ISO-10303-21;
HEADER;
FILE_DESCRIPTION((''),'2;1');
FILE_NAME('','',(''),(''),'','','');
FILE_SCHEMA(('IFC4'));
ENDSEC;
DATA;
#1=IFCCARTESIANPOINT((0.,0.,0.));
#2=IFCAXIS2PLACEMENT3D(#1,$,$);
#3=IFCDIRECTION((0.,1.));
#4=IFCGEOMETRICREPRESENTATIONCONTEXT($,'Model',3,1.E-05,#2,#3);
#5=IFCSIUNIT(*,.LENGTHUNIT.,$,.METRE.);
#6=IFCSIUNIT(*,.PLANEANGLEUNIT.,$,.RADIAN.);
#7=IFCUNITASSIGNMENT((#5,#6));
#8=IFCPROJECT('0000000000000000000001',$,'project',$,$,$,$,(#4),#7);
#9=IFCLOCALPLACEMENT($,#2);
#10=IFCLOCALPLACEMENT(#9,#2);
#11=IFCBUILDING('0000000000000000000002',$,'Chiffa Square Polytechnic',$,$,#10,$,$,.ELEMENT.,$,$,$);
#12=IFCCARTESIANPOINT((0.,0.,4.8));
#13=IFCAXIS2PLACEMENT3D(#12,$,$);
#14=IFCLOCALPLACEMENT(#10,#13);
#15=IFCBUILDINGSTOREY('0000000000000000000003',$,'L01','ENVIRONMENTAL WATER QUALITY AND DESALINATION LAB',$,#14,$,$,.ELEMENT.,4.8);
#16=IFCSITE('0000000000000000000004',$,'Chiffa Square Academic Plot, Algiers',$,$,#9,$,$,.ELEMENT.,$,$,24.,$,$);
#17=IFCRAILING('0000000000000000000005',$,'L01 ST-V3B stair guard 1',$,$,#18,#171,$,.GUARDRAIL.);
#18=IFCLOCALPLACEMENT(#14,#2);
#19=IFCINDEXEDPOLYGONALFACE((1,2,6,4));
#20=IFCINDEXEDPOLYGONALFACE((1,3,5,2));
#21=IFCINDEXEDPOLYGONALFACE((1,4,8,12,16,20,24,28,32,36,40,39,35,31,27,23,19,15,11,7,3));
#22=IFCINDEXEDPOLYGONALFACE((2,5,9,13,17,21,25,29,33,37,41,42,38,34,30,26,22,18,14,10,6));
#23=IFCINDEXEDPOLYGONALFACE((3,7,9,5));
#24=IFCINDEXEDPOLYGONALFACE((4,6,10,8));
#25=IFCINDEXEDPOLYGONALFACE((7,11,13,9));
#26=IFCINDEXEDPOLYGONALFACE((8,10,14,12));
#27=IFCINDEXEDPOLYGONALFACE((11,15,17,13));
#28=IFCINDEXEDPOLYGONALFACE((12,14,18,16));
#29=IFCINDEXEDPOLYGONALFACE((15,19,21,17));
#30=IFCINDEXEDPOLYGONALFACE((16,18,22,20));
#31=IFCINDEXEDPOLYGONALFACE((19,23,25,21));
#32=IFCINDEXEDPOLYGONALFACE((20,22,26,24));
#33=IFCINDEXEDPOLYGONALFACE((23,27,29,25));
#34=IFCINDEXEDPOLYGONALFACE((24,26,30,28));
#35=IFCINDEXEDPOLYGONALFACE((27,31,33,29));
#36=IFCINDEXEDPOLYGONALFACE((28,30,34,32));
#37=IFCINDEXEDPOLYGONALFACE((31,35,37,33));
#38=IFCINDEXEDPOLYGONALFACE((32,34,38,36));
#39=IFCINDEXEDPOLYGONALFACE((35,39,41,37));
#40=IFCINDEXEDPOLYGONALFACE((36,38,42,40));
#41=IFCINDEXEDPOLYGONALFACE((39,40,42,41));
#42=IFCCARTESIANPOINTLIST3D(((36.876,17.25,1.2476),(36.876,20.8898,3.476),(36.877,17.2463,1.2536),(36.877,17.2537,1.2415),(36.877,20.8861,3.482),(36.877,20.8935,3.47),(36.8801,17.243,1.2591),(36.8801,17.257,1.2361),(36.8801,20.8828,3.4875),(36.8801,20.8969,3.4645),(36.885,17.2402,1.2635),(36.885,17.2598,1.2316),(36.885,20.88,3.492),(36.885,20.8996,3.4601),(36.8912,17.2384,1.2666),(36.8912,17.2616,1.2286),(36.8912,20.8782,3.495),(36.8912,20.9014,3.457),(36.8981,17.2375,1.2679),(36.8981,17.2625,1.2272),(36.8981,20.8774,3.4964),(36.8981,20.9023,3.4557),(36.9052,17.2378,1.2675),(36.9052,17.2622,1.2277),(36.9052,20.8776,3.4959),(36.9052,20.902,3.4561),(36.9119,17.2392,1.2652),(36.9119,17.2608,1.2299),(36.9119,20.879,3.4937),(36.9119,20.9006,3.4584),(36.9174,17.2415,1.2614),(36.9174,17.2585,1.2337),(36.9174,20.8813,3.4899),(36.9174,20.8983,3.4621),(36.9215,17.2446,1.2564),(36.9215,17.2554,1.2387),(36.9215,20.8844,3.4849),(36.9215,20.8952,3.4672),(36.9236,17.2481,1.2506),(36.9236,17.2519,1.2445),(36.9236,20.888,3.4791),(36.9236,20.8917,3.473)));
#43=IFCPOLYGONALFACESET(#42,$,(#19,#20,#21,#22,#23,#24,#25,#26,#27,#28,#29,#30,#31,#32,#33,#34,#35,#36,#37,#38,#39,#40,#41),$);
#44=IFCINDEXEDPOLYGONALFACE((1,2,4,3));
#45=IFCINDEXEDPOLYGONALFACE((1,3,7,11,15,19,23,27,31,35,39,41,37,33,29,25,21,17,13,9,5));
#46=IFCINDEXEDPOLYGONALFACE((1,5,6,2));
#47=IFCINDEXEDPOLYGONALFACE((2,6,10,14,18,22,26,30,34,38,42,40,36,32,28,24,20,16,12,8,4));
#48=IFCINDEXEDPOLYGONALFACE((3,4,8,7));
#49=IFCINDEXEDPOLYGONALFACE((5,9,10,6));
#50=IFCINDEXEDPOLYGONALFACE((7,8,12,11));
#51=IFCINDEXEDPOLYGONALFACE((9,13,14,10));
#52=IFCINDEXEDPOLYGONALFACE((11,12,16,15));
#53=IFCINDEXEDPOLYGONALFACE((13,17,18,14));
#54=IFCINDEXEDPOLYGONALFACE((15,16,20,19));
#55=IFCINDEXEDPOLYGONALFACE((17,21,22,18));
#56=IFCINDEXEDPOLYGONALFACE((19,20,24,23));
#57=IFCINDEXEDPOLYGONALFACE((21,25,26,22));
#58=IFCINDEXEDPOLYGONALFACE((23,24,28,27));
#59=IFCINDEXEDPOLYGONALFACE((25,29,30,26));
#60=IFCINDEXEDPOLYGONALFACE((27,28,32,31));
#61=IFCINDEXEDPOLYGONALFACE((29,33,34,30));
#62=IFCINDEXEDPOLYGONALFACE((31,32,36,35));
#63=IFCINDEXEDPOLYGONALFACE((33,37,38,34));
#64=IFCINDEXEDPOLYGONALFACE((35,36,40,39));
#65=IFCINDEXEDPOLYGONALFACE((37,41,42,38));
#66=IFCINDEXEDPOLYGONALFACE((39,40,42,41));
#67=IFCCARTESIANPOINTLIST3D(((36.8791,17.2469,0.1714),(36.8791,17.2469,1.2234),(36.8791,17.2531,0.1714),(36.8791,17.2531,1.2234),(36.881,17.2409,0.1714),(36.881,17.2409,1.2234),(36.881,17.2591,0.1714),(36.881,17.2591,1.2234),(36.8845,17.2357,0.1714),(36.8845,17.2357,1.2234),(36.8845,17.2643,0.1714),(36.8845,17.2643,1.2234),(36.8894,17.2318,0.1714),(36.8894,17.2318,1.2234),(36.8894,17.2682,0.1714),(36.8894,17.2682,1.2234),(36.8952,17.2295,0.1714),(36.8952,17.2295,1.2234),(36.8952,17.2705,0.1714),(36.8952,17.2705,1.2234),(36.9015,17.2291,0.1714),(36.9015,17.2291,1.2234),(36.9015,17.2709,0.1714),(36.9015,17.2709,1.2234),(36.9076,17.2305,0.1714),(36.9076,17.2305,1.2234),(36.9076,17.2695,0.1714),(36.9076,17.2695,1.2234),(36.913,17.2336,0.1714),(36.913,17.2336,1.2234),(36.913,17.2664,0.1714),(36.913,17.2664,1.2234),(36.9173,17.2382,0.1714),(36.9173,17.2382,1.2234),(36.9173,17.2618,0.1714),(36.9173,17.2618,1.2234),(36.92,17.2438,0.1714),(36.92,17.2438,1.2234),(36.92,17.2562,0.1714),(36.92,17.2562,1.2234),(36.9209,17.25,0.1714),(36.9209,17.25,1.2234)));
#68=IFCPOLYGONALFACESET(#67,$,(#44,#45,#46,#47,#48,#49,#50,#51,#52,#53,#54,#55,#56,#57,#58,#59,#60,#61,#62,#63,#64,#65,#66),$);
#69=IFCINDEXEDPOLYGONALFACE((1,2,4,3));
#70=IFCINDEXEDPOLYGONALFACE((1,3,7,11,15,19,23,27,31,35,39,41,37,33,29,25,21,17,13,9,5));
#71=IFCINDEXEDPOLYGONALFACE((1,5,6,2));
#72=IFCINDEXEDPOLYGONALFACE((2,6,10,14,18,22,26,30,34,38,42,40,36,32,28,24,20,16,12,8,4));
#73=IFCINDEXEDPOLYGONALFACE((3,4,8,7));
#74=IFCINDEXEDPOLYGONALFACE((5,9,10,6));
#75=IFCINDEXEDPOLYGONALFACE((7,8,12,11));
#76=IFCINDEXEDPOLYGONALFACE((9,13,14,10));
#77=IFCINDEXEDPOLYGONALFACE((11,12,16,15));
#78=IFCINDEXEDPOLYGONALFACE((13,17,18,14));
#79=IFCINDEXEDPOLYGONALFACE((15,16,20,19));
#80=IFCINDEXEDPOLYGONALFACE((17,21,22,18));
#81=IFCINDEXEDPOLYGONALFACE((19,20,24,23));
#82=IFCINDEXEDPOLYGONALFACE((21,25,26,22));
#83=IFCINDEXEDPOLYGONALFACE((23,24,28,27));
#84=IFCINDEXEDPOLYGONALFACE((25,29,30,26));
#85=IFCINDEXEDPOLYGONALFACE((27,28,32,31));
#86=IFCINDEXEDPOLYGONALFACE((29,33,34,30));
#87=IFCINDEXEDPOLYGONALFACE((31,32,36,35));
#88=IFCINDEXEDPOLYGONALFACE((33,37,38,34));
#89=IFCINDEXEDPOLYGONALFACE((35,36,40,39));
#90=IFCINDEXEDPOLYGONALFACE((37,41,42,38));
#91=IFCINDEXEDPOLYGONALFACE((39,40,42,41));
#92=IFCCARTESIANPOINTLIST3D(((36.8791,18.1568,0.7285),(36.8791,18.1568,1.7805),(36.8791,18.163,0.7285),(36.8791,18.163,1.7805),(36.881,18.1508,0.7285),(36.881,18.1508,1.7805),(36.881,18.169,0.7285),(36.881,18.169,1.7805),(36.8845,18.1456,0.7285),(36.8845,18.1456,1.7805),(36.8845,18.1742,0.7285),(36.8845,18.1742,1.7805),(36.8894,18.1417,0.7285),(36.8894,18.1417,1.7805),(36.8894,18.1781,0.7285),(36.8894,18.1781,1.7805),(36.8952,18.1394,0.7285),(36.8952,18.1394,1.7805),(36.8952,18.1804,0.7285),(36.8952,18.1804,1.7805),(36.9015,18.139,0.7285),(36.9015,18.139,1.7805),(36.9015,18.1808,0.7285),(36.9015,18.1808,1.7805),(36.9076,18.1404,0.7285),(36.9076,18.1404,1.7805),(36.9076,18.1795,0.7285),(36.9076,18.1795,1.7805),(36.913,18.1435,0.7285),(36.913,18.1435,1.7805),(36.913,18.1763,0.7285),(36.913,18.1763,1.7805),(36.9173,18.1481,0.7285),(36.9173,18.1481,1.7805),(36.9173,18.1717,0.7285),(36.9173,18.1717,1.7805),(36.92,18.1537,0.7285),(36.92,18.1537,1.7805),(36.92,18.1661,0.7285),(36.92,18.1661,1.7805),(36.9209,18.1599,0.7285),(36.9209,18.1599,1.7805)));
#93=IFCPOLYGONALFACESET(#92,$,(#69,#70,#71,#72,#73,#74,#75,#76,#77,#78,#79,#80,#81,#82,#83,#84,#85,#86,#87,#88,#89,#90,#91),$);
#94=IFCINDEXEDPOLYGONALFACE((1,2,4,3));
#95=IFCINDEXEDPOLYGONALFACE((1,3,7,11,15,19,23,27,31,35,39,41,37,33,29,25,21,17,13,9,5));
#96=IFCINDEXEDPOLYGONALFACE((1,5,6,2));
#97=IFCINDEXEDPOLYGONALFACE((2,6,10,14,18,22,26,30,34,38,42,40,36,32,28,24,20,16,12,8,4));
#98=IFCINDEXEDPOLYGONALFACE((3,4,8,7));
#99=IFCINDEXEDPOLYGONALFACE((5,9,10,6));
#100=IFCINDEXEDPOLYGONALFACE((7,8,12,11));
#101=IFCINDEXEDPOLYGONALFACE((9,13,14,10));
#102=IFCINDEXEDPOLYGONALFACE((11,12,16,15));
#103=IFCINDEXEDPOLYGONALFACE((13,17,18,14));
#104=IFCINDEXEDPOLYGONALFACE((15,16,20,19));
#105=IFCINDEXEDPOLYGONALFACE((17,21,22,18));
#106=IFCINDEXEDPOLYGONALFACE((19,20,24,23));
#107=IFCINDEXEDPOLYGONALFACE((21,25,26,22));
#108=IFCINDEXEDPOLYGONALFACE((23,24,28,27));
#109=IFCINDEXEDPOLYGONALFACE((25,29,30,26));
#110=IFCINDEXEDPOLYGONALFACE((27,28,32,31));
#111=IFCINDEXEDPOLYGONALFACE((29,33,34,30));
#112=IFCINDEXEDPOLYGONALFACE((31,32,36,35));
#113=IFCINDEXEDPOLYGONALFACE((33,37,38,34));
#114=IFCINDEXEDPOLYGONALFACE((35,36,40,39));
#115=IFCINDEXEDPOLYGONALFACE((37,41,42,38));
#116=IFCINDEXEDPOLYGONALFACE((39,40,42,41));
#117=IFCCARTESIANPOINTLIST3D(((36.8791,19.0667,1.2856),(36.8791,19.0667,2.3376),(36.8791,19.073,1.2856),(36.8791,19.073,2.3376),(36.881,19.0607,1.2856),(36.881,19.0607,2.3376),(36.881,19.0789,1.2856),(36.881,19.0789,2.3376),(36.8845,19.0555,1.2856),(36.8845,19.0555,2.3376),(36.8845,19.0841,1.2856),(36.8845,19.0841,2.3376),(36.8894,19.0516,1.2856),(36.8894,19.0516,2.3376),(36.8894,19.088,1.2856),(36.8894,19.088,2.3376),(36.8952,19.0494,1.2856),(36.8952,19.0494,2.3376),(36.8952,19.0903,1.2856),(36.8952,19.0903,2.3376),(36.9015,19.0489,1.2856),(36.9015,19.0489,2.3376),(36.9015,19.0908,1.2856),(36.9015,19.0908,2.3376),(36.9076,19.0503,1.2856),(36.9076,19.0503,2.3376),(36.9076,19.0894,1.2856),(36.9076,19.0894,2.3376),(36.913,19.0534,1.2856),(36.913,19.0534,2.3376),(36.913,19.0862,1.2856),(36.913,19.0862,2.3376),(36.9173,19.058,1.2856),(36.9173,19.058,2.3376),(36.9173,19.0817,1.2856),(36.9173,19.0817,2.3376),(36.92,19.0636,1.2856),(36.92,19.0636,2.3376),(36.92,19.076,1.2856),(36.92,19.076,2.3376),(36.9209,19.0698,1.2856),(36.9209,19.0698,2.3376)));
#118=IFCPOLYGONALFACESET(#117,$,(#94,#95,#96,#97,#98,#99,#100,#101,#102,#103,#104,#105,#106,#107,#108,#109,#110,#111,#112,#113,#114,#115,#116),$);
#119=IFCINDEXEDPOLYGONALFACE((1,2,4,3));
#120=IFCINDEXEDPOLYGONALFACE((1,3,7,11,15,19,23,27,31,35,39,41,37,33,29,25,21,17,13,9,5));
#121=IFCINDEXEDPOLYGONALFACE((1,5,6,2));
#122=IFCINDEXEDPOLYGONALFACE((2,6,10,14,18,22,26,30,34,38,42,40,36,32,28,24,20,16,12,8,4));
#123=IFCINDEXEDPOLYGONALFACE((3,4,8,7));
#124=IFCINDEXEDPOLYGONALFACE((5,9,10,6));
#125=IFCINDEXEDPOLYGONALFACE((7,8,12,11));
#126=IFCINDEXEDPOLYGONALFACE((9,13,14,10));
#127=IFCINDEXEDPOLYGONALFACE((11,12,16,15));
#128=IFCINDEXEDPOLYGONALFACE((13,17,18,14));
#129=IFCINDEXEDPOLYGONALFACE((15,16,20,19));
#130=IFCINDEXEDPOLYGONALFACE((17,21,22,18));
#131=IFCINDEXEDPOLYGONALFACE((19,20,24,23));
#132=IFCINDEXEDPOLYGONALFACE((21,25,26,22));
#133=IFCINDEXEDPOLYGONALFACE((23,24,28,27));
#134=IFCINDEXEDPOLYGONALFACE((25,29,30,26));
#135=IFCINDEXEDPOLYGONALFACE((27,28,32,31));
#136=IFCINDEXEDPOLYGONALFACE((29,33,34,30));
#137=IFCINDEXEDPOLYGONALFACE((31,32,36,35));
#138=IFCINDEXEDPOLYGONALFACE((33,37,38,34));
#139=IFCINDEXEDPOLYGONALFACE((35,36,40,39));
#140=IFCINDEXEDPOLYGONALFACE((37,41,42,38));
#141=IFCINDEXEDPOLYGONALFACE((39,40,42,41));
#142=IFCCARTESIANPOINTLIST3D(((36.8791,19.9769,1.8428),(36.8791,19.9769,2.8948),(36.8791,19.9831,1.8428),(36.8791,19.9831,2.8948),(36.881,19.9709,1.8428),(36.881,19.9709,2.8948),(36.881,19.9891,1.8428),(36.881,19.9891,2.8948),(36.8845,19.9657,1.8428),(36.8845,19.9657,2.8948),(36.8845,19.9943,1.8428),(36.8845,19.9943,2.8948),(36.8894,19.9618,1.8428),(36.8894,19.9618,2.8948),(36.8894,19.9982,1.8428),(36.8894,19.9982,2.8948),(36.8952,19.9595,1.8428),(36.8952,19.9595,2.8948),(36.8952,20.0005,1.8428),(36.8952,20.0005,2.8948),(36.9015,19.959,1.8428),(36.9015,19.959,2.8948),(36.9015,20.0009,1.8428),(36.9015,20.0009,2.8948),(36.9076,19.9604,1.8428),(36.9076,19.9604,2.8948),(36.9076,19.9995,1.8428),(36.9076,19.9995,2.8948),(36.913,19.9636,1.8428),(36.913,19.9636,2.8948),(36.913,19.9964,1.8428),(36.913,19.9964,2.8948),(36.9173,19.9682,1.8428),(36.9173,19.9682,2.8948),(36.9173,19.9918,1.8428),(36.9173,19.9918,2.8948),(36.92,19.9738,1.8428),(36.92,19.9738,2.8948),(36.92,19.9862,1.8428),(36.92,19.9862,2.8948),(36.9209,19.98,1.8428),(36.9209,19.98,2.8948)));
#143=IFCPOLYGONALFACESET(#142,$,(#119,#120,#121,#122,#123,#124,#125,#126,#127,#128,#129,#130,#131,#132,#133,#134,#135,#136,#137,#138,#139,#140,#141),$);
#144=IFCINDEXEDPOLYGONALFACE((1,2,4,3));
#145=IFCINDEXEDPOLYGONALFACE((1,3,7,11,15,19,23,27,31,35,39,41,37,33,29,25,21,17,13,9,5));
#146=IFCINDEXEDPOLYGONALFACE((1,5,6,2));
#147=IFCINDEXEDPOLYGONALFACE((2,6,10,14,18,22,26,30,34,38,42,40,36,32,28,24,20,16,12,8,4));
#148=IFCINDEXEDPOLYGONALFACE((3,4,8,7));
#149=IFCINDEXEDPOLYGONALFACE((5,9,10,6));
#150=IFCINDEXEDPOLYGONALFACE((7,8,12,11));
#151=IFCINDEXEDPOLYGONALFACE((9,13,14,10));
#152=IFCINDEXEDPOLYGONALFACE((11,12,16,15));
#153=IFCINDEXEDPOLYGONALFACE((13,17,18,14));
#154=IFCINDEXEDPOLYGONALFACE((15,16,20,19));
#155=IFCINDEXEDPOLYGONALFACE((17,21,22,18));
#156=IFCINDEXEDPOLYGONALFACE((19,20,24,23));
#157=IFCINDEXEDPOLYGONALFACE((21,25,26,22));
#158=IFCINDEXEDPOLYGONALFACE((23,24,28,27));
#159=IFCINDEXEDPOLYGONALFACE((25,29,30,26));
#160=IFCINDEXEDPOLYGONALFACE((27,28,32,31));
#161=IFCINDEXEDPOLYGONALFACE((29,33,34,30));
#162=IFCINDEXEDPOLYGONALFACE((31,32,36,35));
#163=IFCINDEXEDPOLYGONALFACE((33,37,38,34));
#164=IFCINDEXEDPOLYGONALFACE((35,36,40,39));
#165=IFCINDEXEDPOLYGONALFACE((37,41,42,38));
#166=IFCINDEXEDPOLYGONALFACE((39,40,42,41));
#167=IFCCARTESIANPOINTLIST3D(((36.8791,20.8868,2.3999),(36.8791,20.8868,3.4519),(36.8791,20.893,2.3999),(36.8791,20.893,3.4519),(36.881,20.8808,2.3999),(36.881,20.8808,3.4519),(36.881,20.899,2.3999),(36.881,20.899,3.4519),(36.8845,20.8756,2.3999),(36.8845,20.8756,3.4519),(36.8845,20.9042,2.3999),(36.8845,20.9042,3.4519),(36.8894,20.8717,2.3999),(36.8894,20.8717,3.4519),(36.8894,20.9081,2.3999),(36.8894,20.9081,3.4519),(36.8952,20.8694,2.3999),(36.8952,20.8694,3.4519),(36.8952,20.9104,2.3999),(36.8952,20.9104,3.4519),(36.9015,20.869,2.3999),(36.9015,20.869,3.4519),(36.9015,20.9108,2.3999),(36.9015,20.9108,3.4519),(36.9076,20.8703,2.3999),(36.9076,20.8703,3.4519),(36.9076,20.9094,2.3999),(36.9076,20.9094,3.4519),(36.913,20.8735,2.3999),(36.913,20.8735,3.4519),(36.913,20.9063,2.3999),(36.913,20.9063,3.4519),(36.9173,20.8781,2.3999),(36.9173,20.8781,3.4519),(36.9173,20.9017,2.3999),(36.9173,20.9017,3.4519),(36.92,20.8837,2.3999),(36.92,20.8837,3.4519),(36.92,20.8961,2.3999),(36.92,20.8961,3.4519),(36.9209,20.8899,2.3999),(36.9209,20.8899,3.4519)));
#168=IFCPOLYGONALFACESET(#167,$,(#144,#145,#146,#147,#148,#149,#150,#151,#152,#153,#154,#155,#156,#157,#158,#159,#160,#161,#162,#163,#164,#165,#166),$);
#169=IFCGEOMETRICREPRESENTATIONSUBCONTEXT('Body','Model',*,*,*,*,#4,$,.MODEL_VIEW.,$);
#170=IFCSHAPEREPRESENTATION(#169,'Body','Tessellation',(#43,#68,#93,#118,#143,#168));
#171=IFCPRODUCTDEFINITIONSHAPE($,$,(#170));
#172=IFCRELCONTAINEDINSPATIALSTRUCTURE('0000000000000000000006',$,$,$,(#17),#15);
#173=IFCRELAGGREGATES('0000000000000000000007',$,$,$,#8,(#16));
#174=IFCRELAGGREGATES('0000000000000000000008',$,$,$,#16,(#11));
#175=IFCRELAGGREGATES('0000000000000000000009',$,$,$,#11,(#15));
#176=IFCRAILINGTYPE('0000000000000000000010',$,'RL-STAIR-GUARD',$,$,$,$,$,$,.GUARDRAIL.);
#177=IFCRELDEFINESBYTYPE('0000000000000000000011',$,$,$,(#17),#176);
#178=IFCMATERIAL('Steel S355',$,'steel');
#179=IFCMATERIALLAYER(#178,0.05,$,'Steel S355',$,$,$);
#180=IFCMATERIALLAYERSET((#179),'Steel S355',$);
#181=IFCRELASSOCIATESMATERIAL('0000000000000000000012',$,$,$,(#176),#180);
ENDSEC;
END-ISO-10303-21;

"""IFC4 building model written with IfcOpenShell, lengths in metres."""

from ifc_helpers import new_model, si_unit, direction, frame, origin, origin_2d, place, context, subcontext, project, spatial, circle, extrude, material, layer, layer_set, type_object, element, save


model = new_model("IFC4")

# Units and contexts
model_context = context("Model", 3, precision=1e-05, world=origin(), true_north=direction((0.0, 1.0)))
body_context = subcontext(model_context, "Body", "Model", "MODEL_VIEW")
ifc_project = project(units=[si_unit("LENGTHUNIT", "METRE"), si_unit("PLANEANGLEUNIT", "RADIAN")], contexts=[model_context])

# Site, building, storey
site_placement = place(None, origin())
site = spatial("IfcSite", under=ifc_project, at=site_placement, Name="Chiffa Square Academic Plot, Algiers", CompositionType="ELEMENT", RefElevation=24.0)
building_placement = place(site_placement, origin())
building = spatial("IfcBuilding", under=site, at=building_placement, Name="Chiffa Square Polytechnic", CompositionType="ELEMENT")
storey_placement = place(building_placement, frame((0.0, 0.0, 4.8)))
storey = spatial("IfcBuildingStorey", under=building, at=storey_placement, Name="L01", Description="ENVIRONMENTAL WATER QUALITY AND DESALINATION LAB", CompositionType="ELEMENT", Elevation=4.8)

# Railing
ifc_material_1 = material(Name="Steel S355", Category="steel")
ifc_layer_1 = layer(ifc_material_1, 0.05, Name="Steel S355")
ifc_layer_set_1 = layer_set([ifc_layer_1], Name="Steel S355")
railing_type_1 = type_object("IfcRailingType", Name="RL-STAIR-GUARD", PredefinedType="GUARDRAIL", material=ifc_layer_set_1)
railing_1_placement = place(storey_placement, frame((36.8999, 17.25, 0.1714)))
element("IfcRailing", 1, at=railing_1_placement, inside=storey, type_object=railing_type_1, Name="L01 ST-V3B stair guard 1", PredefinedType="GUARDRAIL", context=body_context, shape_type="SweptSolid", body=[
    extrude(circle(Radius=0.0239, at=origin_2d()), frame((0.0, 0.0, 1.0762), z_axis=(0.0, 0.85285, 0.522156), x_axis=(-1.0, 0.0, 0.0)), (0.0, 0.0, 1.0), 4.2678),
    extrude(circle(Radius=0.021, at=origin_2d()), origin(), (0.0, 0.0, 1.0), 1.052),
    extrude(circle(Radius=0.021, at=origin_2d()), frame((0.0, 0.9099, 0.5571)), (0.0, 0.0, 1.0), 1.052),
    extrude(circle(Radius=0.021, at=origin_2d()), frame((0.0, 1.8198, 1.1143)), (0.0, 0.0, 1.0), 1.052),
    extrude(circle(Radius=0.021, at=origin_2d()), frame((0.0, 2.73, 1.6714)), (0.0, 0.0, 1.0), 1.052),
    extrude(circle(Radius=0.021, at=origin_2d()), frame((0.0, 3.6399, 2.2285)), (0.0, 0.0, 1.0), 1.052),
])

save(model, "model.ifc")
